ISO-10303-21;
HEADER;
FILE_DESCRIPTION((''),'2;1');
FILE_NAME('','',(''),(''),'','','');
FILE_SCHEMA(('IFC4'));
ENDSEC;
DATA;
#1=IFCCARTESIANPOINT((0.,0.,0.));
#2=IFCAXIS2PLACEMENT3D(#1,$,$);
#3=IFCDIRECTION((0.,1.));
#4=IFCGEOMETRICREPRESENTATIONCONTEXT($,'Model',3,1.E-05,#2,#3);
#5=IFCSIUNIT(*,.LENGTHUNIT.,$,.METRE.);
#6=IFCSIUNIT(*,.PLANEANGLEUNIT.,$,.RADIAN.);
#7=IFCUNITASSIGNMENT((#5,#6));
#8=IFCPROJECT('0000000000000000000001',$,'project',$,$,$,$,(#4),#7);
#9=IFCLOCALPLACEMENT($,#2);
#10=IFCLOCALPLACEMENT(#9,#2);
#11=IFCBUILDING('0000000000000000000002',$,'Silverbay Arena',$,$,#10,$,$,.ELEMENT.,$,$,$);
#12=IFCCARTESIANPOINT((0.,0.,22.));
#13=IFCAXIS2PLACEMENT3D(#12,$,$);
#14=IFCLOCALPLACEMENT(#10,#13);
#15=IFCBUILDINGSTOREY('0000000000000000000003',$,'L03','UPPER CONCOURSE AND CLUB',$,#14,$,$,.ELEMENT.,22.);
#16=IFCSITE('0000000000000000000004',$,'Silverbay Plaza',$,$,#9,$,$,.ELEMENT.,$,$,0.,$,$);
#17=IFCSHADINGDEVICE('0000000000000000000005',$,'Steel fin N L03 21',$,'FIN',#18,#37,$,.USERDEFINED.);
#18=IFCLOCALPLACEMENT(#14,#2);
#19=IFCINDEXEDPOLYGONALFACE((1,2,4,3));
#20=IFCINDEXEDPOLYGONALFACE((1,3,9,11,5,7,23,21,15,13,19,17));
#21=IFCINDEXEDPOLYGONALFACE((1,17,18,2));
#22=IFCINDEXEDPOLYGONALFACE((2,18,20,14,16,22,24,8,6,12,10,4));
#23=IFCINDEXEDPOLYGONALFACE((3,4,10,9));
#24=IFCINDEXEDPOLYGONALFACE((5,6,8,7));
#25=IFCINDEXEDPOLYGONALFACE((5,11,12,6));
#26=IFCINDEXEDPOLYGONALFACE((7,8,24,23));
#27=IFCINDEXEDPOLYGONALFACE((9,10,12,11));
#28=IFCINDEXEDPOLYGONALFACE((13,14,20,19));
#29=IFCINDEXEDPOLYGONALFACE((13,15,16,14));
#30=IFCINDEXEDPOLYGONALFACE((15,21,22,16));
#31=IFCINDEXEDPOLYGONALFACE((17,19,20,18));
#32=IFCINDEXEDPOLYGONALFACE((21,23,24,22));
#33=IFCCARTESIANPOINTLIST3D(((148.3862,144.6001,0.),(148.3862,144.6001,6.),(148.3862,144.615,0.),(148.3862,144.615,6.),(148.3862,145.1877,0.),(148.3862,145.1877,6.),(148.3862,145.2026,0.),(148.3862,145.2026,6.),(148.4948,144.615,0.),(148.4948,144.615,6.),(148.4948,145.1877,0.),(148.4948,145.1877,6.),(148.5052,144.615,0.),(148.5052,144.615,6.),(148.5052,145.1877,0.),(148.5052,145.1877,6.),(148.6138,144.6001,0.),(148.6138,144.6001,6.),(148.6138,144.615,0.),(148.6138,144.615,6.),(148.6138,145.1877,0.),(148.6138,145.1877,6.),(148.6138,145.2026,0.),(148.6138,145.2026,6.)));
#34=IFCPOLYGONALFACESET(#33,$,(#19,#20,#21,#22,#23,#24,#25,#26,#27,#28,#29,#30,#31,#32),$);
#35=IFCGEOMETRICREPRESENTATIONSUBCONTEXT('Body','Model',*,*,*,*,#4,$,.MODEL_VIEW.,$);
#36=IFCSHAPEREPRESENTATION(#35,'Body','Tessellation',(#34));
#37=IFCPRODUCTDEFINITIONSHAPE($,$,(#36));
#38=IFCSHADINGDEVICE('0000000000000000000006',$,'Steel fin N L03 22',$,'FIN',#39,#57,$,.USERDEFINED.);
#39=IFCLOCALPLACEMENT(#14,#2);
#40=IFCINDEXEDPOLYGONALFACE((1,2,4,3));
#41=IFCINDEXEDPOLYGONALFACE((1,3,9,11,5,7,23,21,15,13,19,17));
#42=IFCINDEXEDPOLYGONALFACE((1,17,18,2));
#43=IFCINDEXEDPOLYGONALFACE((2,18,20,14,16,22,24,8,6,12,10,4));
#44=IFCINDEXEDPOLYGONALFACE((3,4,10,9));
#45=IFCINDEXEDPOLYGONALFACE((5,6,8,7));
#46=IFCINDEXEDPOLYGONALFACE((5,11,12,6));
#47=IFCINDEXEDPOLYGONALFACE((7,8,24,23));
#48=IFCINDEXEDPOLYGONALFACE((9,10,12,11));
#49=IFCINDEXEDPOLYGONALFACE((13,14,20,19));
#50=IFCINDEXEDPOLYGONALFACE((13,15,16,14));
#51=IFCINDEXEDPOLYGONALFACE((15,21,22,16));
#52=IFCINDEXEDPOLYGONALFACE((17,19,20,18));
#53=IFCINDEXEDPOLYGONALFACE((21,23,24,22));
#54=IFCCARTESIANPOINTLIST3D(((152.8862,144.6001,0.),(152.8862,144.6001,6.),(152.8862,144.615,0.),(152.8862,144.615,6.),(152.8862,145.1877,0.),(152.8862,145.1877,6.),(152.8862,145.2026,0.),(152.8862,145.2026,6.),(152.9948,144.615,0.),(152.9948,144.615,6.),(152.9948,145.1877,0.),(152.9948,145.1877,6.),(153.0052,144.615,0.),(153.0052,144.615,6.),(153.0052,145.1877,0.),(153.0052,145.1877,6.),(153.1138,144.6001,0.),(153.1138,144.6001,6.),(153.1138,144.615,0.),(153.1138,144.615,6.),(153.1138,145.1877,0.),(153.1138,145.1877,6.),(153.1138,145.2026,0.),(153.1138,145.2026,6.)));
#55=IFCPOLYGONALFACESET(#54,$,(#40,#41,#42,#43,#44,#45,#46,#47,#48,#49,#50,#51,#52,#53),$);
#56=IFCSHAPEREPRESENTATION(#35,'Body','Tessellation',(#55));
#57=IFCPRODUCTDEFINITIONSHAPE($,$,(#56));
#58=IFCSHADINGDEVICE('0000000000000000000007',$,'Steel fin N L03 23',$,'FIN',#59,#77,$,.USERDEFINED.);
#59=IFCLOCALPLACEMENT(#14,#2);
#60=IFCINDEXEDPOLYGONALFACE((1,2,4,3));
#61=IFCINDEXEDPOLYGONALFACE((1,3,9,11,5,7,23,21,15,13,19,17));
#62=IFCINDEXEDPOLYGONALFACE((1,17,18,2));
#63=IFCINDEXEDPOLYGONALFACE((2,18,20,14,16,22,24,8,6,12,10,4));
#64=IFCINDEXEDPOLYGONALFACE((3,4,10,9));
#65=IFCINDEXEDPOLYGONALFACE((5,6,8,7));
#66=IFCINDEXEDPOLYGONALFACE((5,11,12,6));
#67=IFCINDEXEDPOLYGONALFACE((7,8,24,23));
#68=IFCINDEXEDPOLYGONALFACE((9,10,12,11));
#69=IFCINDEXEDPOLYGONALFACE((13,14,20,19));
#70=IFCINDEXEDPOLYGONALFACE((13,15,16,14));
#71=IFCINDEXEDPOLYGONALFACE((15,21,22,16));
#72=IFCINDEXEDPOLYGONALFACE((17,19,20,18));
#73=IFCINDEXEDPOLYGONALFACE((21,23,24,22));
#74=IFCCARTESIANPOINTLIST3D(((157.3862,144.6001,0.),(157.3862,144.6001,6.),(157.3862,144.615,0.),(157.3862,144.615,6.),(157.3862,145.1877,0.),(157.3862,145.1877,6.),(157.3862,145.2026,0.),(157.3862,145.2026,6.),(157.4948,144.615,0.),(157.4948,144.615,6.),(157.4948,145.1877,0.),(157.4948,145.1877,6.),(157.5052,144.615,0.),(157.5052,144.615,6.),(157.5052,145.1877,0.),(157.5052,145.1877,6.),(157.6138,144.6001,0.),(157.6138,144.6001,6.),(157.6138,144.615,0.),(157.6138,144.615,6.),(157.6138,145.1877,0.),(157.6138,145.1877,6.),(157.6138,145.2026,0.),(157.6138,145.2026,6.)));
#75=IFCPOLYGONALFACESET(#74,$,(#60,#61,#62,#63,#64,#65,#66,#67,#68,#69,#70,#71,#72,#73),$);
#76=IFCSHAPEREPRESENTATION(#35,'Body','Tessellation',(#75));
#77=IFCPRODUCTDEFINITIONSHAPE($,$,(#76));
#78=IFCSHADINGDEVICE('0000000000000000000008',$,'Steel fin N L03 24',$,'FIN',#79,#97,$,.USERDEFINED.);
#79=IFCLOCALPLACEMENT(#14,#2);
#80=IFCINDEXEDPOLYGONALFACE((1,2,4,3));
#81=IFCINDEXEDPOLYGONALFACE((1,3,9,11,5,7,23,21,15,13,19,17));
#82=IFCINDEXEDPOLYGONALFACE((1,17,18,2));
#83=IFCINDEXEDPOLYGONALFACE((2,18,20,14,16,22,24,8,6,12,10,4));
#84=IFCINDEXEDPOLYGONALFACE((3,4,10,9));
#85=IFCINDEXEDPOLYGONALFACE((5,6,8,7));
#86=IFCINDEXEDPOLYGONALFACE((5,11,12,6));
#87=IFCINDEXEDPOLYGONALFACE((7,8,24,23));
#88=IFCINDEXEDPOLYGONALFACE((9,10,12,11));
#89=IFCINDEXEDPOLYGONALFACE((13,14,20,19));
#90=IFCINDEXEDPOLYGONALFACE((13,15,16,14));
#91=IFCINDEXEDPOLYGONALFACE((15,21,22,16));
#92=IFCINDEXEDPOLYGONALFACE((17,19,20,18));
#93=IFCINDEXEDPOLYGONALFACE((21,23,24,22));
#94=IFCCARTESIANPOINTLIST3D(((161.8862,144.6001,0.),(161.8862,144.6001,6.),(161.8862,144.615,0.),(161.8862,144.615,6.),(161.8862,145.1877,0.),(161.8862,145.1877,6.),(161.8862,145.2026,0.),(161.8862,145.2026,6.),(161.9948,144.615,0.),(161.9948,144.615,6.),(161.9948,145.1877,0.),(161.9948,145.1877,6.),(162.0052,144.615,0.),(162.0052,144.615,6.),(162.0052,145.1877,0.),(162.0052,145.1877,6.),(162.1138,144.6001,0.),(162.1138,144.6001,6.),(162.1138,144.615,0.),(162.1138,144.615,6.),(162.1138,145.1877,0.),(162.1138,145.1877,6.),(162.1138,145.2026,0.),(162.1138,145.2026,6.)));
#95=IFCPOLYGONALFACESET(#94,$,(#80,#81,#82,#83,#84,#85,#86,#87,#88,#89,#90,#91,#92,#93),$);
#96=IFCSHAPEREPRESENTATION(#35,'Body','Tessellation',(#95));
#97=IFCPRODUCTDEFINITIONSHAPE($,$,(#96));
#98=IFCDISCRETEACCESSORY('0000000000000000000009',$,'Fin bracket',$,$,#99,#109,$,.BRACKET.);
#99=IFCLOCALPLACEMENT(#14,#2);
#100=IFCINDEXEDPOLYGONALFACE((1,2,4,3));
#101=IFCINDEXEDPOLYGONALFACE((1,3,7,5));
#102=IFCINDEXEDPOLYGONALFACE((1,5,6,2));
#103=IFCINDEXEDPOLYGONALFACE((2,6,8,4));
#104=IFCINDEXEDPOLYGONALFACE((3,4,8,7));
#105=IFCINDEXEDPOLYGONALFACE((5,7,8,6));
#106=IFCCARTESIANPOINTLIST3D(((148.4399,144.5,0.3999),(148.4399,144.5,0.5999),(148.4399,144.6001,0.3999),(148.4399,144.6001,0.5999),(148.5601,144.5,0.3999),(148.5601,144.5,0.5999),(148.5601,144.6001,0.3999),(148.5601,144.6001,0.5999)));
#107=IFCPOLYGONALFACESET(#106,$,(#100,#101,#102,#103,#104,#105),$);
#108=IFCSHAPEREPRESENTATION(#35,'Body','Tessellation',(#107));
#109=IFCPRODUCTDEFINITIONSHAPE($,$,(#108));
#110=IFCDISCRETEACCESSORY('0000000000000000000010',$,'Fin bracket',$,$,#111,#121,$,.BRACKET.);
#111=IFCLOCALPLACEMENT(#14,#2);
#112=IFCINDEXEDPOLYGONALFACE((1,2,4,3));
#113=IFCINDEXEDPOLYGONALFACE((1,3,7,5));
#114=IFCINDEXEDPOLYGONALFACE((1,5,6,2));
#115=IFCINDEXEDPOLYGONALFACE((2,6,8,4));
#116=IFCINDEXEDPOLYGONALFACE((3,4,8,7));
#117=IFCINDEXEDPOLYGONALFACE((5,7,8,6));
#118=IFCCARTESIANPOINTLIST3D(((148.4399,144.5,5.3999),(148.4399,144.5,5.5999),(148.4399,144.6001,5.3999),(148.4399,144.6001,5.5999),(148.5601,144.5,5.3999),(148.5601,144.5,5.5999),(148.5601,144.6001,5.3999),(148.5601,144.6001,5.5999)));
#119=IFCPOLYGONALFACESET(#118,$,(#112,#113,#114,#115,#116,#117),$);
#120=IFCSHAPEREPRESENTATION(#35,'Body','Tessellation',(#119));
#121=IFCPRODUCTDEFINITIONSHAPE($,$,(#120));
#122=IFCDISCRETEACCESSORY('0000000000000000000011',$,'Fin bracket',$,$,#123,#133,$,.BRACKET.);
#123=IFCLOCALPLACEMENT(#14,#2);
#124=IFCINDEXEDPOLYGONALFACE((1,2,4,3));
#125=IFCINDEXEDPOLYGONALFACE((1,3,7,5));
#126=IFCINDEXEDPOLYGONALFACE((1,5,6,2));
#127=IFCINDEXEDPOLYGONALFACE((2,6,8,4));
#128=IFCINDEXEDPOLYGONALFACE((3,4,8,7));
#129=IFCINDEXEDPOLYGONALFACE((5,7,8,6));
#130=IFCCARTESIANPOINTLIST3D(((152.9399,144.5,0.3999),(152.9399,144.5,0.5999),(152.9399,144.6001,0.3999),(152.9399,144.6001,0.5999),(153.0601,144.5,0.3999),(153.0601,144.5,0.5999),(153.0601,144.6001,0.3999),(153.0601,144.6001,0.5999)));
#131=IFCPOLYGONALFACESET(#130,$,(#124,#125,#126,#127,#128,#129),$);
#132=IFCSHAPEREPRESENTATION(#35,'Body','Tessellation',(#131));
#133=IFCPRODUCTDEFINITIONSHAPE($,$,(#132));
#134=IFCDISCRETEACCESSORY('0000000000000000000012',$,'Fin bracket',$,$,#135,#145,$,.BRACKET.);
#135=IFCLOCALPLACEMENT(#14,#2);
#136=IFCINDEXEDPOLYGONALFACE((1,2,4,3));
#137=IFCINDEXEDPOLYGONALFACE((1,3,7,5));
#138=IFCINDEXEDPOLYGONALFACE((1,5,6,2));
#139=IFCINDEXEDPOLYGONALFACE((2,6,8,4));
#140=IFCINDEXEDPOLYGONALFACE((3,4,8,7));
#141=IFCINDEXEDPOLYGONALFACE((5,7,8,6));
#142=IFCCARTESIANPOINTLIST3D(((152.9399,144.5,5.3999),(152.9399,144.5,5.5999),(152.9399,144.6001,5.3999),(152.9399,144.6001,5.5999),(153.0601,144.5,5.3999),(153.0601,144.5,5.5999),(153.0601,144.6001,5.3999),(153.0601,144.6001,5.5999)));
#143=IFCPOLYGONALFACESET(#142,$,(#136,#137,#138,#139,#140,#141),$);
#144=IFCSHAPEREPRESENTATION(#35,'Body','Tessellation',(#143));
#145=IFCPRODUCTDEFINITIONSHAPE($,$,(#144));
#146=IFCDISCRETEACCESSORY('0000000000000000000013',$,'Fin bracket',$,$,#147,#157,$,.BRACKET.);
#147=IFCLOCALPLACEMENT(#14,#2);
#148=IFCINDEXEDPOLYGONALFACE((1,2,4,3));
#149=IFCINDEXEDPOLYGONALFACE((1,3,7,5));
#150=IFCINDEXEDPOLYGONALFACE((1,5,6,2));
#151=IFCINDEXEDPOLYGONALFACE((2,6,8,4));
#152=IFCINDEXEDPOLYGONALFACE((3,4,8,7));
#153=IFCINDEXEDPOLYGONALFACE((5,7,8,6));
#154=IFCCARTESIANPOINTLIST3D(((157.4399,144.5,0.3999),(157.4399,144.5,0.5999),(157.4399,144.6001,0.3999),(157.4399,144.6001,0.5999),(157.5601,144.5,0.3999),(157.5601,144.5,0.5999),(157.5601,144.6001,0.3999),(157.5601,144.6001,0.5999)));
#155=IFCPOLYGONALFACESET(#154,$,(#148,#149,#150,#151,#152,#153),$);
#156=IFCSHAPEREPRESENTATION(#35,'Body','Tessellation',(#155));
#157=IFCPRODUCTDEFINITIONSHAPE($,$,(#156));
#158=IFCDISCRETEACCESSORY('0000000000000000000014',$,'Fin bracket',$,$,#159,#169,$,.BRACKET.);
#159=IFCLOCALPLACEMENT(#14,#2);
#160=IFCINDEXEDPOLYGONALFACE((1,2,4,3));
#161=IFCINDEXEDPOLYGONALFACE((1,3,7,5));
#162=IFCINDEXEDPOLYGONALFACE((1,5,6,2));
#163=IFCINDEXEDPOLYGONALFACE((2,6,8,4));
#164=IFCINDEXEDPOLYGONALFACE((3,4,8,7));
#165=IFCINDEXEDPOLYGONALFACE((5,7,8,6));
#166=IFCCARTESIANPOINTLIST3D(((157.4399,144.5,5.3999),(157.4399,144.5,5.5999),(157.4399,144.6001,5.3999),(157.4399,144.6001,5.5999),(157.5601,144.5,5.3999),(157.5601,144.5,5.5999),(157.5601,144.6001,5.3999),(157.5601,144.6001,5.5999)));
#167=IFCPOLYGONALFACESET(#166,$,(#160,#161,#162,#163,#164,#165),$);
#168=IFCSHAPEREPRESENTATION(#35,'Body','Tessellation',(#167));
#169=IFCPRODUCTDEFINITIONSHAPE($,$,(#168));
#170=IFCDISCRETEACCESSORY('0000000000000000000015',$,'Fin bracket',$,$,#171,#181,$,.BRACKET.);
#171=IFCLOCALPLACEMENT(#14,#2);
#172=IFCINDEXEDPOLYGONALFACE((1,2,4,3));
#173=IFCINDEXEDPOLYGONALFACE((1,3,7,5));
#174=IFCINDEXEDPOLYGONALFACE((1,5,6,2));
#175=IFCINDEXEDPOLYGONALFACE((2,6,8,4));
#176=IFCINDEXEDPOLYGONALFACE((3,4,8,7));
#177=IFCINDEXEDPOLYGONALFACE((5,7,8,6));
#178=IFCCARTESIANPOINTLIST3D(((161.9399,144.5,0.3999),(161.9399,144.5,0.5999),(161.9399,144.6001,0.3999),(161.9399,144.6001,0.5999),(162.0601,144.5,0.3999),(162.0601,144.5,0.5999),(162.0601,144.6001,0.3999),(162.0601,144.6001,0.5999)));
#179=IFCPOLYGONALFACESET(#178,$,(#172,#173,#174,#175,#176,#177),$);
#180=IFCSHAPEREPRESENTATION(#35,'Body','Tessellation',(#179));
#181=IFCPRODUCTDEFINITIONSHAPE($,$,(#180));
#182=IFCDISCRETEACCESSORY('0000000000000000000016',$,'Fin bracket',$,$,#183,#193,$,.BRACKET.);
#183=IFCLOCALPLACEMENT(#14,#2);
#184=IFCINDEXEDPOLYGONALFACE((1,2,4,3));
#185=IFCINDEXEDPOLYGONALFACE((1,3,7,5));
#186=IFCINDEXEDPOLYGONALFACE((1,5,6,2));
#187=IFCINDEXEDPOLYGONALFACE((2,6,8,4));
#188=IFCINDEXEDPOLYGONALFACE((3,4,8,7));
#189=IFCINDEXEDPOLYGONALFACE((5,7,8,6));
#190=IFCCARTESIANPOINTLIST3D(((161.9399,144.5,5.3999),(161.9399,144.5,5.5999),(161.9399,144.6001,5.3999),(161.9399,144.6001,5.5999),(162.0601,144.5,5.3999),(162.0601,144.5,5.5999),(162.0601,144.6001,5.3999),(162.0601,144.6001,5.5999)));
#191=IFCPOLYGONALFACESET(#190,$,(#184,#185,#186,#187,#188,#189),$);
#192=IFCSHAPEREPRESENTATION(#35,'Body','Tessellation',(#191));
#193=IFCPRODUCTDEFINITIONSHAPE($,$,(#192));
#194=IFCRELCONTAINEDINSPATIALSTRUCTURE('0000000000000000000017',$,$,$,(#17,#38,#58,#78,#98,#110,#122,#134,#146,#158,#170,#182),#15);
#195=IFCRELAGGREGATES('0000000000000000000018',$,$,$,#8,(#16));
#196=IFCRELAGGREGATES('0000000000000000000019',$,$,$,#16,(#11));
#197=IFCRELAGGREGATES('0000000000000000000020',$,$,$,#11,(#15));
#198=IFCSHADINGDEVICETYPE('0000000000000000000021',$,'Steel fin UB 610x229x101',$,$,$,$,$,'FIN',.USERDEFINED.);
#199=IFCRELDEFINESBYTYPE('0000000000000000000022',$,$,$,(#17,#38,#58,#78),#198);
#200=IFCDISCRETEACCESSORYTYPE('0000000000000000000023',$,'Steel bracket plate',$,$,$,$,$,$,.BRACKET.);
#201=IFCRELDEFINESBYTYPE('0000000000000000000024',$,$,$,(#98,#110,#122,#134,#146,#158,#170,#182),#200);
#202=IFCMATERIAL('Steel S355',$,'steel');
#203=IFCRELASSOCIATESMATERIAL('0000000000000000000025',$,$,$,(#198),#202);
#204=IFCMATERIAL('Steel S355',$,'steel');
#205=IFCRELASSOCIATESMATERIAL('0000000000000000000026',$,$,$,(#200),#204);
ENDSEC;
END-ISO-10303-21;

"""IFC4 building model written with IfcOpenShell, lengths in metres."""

from ifc_helpers import new_model, si_unit, direction, frame, origin, origin_2d, place, context, subcontext, project, spatial, rectangle, i_section, extrude, material, material_profile, profile_set, type_object, element, save


model = new_model("IFC4")

# Units and contexts
model_context = context("Model", 3, precision=1e-05, world=origin(), true_north=direction((0.0, 1.0)))
body_context = subcontext(model_context, "Body", "Model", "MODEL_VIEW")
ifc_project = project(units=[si_unit("LENGTHUNIT", "METRE"), si_unit("PLANEANGLEUNIT", "RADIAN")], contexts=[model_context])

# Site, building, storey
site_placement = place(None, origin())
site = spatial("IfcSite", under=ifc_project, at=site_placement, Name="Silverbay Plaza", CompositionType="ELEMENT", RefElevation=0.0)
building_placement = place(site_placement, origin())
building = spatial("IfcBuilding", under=site, at=building_placement, Name="Silverbay Arena", CompositionType="ELEMENT")
storey_placement = place(building_placement, frame((0.0, 0.0, 22.0)))
storey = spatial("IfcBuildingStorey", under=building, at=storey_placement, Name="L03", Description="UPPER CONCOURSE AND CLUB", CompositionType="ELEMENT", Elevation=22.0)

# Shading devices
ifc_material_1 = material(Name="Steel S355", Category="steel")
ifc_material_profile = material_profile(ifc_material_1, i_section(OverallWidth=0.2275, OverallDepth=0.6025, WebThickness=0.0105, FlangeThickness=0.0149, at=origin_2d()), Name="UB 610x229x101")
ifc_profile_set = profile_set([ifc_material_profile], Name="Steel S355")
shading_device_type = type_object("IfcShadingDeviceType", Name="Steel fin UB 610x229x101", ElementType="FIN", PredefinedType="USERDEFINED", material=ifc_profile_set)
for number, where, z_axis, x_axis, name in (
    (1, (148.5, 144.9014, 0.0), (0.0, 0.0, 1.0), (1.0, 0.0, 0.0), "Steel fin N L03 21"),
    (2, (153.0, 144.9014, 0.0), (0.0, 0.0, 1.0), (1.0, 0.0, 0.0), "Steel fin N L03 22"),
    (3, (157.5, 144.9014, 0.0), (0.0, 0.0, 1.0), (1.0, 0.0, 0.0), "Steel fin N L03 23"),
    (4, (162.0, 144.9014, 0.0), (0.0, 0.0, 1.0), (1.0, 0.0, 0.0), "Steel fin N L03 24"),
):
    element("IfcShadingDevice", number, at=place(storey_placement, frame(where, z_axis=z_axis, x_axis=x_axis)), inside=storey, type_object=shading_device_type, Name=name, ObjectType="FIN", PredefinedType="USERDEFINED", context=body_context, shape_type="SweptSolid", body=[
        extrude(i_section(OverallWidth=0.2275, OverallDepth=0.6025, WebThickness=0.0105, FlangeThickness=0.0149, at=origin_2d()), origin(), (0.0, 0.0, 1.0), 6.0),
    ])

# Discrete accessories
ifc_material_2 = material(Name="Steel S355", Category="steel")
discrete_accessory_type = type_object("IfcDiscreteAccessoryType", Name="Steel bracket plate", PredefinedType="BRACKET", material=ifc_material_2)
for number, where, z_axis, x_axis, name in (
    (5, (148.5, 144.55, 0.3999), (0.0, 0.0, 1.0), (1.0, 0.0, 0.0), "Fin bracket"),
    (6, (148.5, 144.55, 5.3999), (0.0, 0.0, 1.0), (1.0, 0.0, 0.0), "Fin bracket"),
    (7, (153.0, 144.55, 0.3999), (0.0, 0.0, 1.0), (1.0, 0.0, 0.0), "Fin bracket"),
    (8, (153.0, 144.55, 5.3999), (0.0, 0.0, 1.0), (1.0, 0.0, 0.0), "Fin bracket"),
    (9, (157.5, 144.55, 0.3999), (0.0, 0.0, 1.0), (1.0, 0.0, 0.0), "Fin bracket"),
    (10, (157.5, 144.55, 5.3999), (0.0, 0.0, 1.0), (1.0, 0.0, 0.0), "Fin bracket"),
    (11, (162.0, 144.55, 0.3999), (0.0, 0.0, 1.0), (1.0, 0.0, 0.0), "Fin bracket"),
    (12, (162.0, 144.55, 5.3999), (0.0, 0.0, 1.0), (1.0, 0.0, 0.0), "Fin bracket"),
):
    element("IfcDiscreteAccessory", number, at=place(storey_placement, frame(where, z_axis=z_axis, x_axis=x_axis)), inside=storey, type_object=discrete_accessory_type, Name=name, PredefinedType="BRACKET", context=body_context, shape_type="SweptSolid", body=[
        extrude(rectangle(XDim=0.1201, YDim=0.1001, at=origin_2d()), origin(), (0.0, 0.0, 1.0), 0.2),
    ])

save(model, "model.ifc")
